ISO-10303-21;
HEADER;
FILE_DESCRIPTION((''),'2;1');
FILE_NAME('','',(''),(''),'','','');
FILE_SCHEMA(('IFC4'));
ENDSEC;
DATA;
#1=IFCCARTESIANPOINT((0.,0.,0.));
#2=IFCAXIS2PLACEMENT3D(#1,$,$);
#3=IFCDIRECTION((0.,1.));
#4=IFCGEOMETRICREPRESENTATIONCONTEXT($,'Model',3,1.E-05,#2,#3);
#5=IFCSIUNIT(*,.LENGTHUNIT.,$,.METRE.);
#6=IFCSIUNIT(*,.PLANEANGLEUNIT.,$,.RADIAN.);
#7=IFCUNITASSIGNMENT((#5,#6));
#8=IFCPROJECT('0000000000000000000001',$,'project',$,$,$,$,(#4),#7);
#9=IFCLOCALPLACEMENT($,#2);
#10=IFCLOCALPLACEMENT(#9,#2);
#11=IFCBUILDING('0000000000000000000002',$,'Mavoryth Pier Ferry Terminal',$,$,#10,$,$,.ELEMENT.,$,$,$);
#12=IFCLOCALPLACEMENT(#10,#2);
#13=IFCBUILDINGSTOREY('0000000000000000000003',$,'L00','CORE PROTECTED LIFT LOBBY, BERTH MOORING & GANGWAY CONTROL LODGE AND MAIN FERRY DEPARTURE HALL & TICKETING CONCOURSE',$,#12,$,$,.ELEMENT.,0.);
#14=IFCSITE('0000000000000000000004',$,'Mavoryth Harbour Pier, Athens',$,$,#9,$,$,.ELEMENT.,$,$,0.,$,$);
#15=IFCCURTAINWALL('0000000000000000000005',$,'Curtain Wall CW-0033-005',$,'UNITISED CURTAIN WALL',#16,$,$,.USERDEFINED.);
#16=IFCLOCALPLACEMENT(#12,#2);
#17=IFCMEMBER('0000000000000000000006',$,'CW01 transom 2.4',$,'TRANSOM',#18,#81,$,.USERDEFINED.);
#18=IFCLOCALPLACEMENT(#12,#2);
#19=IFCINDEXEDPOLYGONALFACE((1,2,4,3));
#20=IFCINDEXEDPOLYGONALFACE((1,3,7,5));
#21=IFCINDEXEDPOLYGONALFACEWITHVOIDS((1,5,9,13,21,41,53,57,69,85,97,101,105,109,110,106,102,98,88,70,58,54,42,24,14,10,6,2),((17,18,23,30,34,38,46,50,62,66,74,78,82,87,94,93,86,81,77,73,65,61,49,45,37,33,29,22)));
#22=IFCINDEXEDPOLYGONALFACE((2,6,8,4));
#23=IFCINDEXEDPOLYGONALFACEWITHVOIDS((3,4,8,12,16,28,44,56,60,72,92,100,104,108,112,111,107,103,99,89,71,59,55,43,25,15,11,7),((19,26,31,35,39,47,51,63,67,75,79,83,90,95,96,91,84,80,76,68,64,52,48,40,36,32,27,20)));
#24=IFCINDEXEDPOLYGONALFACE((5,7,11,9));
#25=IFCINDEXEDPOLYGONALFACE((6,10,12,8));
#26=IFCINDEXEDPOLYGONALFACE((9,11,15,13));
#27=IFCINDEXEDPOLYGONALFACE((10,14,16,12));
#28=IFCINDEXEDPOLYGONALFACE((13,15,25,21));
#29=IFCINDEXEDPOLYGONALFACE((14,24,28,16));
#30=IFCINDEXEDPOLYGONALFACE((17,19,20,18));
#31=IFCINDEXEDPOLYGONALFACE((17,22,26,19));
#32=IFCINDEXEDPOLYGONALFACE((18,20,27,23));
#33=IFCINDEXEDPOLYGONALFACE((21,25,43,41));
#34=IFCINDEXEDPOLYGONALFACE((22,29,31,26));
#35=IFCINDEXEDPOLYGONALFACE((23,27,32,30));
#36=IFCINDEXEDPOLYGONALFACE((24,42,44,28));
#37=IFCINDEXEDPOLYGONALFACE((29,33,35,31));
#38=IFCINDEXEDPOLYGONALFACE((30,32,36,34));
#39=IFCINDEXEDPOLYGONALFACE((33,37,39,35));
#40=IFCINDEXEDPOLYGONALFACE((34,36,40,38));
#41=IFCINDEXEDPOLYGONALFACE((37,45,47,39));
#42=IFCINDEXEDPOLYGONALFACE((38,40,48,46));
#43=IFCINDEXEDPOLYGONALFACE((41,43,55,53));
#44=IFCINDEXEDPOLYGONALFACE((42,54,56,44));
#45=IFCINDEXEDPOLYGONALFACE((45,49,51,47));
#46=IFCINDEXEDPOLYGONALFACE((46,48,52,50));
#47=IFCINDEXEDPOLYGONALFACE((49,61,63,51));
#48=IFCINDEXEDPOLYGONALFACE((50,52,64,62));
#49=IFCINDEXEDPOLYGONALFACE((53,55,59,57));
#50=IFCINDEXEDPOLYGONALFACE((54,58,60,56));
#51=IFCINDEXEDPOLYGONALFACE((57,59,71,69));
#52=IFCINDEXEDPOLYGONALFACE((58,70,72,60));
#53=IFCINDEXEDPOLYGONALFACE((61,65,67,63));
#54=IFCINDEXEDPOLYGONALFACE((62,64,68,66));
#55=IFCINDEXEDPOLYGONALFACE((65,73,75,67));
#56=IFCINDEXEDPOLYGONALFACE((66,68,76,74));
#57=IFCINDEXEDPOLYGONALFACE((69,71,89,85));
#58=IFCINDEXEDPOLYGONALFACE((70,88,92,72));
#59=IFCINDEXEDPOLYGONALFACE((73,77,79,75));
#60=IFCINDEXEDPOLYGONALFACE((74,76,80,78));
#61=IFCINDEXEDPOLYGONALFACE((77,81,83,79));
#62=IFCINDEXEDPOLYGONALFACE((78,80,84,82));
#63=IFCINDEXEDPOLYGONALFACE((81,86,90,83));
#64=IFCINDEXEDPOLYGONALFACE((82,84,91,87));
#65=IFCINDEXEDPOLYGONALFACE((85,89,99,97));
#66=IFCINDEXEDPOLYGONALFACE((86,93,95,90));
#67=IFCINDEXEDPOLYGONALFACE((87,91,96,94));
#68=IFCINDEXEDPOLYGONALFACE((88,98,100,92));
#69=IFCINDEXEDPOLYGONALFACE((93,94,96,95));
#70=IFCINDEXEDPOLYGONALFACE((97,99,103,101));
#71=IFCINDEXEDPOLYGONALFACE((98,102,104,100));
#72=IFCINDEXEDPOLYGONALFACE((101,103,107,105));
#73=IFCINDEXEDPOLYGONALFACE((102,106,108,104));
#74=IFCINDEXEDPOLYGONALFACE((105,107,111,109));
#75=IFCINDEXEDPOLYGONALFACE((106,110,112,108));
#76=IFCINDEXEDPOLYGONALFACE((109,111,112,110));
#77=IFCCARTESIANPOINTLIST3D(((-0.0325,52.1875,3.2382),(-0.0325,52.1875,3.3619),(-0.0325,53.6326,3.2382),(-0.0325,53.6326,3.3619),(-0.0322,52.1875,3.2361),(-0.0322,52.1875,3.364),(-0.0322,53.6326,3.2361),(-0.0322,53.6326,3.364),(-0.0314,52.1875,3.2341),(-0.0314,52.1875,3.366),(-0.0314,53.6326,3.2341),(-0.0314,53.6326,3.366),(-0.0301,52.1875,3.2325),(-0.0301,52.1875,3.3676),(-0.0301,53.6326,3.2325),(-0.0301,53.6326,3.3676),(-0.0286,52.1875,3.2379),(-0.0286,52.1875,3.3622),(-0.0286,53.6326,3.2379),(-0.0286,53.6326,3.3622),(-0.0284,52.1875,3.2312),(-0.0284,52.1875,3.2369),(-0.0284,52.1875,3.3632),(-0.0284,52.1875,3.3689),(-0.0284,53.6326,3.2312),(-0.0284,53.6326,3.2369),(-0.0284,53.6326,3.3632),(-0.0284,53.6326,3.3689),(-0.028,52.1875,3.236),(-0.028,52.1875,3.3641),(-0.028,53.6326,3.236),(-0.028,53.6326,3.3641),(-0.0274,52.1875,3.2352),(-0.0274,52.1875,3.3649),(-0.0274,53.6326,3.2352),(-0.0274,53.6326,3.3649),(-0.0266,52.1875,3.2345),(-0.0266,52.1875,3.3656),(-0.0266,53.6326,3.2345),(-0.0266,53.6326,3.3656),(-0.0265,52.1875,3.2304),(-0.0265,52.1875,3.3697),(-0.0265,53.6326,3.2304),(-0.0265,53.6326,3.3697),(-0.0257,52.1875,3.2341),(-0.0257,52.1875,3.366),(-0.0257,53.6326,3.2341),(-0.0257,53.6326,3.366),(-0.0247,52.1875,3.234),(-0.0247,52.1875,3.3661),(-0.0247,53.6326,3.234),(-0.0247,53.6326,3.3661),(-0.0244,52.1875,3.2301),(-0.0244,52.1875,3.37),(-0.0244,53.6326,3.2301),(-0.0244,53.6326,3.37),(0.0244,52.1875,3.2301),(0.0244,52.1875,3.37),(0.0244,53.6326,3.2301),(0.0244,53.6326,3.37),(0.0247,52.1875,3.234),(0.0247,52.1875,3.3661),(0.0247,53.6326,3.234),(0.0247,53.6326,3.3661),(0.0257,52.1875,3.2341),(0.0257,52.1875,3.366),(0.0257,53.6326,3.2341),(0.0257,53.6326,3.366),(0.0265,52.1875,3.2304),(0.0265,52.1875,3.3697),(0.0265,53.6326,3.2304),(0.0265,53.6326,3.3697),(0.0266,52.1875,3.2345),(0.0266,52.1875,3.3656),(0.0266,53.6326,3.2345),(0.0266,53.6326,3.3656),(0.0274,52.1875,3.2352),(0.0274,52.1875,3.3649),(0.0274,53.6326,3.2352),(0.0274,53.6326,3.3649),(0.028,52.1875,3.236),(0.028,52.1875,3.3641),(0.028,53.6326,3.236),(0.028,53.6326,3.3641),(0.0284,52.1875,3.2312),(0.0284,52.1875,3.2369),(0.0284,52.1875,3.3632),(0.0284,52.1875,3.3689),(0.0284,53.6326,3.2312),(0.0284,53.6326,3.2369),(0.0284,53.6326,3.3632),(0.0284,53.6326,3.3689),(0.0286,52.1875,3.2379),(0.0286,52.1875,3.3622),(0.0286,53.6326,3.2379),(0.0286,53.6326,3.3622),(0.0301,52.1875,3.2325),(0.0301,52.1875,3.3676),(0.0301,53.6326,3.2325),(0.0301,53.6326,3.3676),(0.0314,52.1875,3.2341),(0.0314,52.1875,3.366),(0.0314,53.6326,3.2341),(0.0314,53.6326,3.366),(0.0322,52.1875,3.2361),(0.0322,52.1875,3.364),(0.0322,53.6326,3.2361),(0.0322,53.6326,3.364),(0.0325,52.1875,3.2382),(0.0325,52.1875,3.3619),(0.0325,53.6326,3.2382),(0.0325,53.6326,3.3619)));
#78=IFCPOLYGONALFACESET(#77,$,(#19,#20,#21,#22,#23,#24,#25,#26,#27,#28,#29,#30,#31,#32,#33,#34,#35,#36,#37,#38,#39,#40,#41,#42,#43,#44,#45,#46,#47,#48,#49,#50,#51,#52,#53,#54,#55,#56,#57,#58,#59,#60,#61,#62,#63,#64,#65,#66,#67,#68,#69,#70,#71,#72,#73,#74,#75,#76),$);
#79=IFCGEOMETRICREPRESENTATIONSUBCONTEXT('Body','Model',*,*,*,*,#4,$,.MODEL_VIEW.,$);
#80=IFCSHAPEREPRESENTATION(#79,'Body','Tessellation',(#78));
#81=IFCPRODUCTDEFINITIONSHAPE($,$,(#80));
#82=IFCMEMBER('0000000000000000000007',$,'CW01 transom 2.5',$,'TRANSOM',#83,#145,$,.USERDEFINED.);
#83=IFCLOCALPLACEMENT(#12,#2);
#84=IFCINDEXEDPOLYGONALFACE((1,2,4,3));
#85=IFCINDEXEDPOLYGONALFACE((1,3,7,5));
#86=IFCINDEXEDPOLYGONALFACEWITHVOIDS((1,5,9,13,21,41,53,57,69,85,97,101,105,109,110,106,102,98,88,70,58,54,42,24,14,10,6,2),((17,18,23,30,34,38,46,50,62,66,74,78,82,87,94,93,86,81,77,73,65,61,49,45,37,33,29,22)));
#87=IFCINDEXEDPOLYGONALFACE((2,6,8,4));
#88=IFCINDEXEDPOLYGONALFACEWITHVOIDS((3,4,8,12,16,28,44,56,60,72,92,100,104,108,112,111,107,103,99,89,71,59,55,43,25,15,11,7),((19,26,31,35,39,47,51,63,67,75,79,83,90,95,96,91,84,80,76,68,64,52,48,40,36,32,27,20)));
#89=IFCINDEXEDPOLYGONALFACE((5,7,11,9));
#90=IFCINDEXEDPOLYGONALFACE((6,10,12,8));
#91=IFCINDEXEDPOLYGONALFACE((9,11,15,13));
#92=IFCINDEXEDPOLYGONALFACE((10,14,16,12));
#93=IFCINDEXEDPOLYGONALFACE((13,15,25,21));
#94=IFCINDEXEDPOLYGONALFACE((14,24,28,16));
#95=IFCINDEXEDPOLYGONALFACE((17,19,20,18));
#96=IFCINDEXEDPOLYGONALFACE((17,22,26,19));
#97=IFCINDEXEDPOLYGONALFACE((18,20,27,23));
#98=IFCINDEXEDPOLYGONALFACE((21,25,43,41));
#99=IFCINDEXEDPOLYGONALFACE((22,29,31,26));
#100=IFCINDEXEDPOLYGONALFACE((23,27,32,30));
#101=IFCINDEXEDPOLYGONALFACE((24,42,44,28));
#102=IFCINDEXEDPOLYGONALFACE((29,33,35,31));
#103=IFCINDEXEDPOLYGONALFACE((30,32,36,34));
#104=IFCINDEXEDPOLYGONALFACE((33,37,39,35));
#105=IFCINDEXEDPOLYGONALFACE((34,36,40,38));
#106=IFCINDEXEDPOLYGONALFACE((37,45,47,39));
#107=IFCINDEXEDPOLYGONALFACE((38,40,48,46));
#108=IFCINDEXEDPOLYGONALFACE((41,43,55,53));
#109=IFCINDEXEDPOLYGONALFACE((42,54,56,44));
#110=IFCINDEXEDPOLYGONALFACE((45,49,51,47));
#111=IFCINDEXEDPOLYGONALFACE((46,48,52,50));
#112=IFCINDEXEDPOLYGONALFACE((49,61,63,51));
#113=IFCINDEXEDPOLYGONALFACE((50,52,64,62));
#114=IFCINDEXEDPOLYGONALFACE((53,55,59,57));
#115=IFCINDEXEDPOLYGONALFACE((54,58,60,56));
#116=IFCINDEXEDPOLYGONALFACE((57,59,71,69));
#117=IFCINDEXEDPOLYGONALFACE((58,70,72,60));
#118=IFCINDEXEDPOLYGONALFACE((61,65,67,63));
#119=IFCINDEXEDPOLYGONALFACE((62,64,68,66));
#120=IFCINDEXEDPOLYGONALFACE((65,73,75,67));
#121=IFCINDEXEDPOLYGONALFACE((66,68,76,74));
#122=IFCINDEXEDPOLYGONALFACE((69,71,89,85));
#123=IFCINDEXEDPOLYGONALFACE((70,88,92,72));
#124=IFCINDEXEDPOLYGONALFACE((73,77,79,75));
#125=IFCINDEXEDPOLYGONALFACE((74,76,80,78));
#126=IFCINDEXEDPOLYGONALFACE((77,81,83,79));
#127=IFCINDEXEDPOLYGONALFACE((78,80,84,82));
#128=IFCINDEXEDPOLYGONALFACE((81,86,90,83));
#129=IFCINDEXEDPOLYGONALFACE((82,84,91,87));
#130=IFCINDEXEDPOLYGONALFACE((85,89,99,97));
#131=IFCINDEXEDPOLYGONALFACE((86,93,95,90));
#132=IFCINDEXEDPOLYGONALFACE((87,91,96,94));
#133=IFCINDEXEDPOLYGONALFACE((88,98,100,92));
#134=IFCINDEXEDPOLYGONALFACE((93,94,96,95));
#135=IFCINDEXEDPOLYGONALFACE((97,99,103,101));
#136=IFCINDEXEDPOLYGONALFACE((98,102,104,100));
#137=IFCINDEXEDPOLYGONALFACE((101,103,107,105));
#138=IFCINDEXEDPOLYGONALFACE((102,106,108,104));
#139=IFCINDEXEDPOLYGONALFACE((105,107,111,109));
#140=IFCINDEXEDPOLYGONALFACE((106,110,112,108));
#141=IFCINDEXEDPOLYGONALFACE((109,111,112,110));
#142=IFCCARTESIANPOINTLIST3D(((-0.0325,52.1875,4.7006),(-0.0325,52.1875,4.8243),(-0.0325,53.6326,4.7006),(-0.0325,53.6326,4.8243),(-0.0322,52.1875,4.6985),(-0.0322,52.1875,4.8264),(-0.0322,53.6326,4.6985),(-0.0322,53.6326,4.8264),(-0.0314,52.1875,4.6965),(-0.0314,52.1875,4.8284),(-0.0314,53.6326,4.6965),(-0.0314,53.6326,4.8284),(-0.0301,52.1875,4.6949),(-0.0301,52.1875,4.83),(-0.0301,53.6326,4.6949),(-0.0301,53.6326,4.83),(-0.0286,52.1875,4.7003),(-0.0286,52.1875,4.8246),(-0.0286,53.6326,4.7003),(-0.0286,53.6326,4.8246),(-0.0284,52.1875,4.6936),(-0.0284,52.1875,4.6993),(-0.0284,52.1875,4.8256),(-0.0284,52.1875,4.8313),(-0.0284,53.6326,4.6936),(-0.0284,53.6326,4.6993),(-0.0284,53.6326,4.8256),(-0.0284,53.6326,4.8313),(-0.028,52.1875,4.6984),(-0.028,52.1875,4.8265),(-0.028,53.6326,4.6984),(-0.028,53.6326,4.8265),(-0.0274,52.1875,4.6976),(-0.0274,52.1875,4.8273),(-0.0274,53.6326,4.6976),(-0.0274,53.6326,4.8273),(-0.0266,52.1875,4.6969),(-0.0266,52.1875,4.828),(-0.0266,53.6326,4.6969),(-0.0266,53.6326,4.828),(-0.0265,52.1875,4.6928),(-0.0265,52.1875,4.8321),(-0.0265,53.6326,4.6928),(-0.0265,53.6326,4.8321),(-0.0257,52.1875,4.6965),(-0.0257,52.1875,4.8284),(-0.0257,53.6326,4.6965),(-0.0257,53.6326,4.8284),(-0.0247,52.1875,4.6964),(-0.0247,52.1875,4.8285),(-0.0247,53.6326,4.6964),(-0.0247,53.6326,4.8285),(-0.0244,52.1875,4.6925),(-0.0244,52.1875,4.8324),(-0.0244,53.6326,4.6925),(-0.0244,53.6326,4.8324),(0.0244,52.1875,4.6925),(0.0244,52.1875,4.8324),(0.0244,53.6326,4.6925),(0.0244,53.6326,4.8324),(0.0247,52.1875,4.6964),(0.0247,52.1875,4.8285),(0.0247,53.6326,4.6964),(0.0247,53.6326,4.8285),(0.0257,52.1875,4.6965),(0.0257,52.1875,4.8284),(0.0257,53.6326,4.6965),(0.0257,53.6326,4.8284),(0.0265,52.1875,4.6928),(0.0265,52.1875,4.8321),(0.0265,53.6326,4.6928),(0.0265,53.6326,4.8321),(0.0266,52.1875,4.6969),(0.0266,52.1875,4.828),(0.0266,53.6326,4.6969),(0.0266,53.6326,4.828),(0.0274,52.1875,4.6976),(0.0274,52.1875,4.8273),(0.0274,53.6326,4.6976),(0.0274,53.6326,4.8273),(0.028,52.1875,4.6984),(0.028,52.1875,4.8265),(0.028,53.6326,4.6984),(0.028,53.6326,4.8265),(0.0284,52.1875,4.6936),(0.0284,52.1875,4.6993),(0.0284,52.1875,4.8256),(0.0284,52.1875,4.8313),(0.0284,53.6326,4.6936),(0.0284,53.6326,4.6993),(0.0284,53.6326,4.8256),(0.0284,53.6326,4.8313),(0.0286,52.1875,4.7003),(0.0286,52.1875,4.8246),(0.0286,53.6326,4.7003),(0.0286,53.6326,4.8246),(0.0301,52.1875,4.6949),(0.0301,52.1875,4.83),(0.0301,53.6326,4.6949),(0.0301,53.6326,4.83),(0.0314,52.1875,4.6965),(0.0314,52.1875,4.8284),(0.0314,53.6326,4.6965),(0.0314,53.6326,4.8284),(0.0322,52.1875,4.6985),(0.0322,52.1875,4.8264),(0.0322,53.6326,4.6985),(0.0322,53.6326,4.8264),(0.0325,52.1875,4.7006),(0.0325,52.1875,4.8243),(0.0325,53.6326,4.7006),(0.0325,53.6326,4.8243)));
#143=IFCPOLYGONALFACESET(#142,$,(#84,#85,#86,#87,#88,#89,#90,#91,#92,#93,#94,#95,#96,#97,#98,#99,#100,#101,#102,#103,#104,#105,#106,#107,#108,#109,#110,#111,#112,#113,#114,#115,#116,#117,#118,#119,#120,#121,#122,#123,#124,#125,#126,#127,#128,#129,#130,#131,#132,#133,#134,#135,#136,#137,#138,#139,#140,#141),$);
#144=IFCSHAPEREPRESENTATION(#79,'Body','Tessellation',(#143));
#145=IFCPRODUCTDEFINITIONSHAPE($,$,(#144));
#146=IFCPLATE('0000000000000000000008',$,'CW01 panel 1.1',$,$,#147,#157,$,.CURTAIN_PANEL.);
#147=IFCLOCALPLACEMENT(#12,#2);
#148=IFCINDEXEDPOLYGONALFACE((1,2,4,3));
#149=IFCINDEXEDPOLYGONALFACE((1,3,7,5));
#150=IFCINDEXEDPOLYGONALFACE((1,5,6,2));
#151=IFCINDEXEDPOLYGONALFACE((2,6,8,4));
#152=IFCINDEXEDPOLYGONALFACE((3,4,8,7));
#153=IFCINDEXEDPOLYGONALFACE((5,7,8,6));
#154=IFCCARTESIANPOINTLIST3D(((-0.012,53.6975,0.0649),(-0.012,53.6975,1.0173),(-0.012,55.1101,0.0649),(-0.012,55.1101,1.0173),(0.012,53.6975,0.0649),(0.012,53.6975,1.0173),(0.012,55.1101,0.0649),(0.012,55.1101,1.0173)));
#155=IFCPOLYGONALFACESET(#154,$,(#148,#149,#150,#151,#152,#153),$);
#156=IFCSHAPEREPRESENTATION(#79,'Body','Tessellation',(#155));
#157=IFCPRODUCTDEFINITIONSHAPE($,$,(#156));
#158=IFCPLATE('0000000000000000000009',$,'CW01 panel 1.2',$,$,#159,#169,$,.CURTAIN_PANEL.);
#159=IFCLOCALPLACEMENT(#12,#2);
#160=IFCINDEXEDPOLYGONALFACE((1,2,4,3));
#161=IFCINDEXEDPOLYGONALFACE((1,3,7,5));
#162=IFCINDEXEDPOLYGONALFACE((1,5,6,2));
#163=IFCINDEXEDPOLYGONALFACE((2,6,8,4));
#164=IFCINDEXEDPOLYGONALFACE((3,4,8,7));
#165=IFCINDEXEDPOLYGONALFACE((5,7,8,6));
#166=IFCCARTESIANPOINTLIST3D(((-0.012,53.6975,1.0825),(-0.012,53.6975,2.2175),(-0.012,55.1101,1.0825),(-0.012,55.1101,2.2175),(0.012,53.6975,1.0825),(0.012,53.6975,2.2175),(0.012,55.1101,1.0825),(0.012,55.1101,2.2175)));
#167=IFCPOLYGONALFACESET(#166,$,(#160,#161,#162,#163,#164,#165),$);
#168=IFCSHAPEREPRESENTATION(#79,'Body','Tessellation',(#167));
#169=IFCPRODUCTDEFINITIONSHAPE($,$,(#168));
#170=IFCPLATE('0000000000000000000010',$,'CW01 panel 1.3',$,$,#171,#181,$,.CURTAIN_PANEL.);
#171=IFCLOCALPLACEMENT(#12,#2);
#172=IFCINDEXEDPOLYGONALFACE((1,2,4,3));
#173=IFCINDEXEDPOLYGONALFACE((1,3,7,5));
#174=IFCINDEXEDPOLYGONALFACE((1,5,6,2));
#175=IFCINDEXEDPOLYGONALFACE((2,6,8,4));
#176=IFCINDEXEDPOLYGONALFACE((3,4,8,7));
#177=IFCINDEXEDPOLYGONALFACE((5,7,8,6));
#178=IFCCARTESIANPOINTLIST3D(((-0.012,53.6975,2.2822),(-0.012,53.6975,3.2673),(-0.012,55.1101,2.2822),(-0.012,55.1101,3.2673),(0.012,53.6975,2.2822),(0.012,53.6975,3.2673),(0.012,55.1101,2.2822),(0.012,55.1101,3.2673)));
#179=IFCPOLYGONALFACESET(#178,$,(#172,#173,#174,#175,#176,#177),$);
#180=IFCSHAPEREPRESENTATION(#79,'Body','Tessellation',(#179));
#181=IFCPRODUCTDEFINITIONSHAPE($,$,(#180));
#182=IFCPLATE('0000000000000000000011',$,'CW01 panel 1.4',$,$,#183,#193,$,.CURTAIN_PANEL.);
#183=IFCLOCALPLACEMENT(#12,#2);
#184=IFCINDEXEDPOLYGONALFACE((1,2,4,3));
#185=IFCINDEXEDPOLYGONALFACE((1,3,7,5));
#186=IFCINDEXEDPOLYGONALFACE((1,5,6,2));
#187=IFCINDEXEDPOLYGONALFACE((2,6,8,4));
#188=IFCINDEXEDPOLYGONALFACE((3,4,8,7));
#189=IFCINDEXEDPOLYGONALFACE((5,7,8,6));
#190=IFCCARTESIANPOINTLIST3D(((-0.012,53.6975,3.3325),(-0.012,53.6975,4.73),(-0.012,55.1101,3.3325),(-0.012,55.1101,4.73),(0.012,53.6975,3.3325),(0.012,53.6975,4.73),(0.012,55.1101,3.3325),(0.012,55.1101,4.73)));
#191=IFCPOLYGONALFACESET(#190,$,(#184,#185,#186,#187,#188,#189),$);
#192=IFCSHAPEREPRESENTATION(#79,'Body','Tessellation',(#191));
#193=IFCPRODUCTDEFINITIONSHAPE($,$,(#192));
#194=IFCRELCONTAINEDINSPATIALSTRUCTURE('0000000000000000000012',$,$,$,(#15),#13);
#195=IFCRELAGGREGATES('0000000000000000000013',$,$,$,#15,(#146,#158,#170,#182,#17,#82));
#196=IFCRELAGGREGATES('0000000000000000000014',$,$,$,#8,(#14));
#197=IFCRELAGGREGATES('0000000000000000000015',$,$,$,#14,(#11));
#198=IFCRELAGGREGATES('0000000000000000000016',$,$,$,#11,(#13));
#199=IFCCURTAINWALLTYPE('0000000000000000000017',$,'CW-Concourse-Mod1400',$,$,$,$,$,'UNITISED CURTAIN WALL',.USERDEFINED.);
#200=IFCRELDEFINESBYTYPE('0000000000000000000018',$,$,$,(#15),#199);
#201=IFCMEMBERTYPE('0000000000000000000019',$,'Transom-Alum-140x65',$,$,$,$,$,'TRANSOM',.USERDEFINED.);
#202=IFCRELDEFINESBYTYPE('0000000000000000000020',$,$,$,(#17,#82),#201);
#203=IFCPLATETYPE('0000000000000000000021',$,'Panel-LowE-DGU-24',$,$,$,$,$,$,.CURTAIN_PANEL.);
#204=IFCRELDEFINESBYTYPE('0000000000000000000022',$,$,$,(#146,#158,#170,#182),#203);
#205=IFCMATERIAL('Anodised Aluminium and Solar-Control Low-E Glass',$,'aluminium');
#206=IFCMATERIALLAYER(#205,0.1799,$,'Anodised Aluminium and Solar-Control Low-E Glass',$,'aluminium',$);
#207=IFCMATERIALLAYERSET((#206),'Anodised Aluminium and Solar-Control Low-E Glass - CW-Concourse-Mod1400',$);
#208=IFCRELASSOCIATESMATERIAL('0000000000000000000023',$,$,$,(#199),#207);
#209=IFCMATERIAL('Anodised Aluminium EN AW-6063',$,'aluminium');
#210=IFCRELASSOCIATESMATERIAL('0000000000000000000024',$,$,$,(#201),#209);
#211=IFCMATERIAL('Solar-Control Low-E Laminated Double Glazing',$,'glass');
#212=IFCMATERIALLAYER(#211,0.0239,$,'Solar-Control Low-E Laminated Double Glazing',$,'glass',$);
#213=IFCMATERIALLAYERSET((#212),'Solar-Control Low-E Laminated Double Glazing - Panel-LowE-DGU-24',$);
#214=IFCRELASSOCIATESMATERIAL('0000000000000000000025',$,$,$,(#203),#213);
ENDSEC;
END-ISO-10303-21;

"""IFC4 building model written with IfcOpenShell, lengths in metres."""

from ifc_helpers import new_model, si_unit, direction, frame, origin, origin_2d, place, context, subcontext, project, spatial, rectangle, hollow_rectangle, extrude, material, layer, layer_set, material_profile, profile_set, type_object, element, aggregate, save


model = new_model("IFC4")

# Units and contexts
model_context = context("Model", 3, precision=1e-05, world=origin(), true_north=direction((0.0, 1.0)))
body_context = subcontext(model_context, "Body", "Model", "MODEL_VIEW")
ifc_project = project(units=[si_unit("LENGTHUNIT", "METRE"), si_unit("PLANEANGLEUNIT", "RADIAN")], contexts=[model_context])

# Site, building, storey
site_placement = place(None, origin())
site = spatial("IfcSite", under=ifc_project, at=site_placement, Name="Mavoryth Harbour Pier, Athens", CompositionType="ELEMENT", RefElevation=0.0)
building_placement = place(site_placement, origin())
building = spatial("IfcBuilding", under=site, at=building_placement, Name="Mavoryth Pier Ferry Terminal", CompositionType="ELEMENT")
storey_placement = place(building_placement, origin())
storey = spatial("IfcBuildingStorey", under=building, at=storey_placement, Name="L00", Description="CORE PROTECTED LIFT LOBBY, BERTH MOORING & GANGWAY CONTROL LODGE AND MAIN FERRY DEPARTURE HALL & TICKETING CONCOURSE", CompositionType="ELEMENT", Elevation=0.0)

# Curtain wall, members, plates
ifc_material_1 = material(Name="Anodised Aluminium and Solar-Control Low-E Glass", Category="aluminium")
ifc_layer_1 = layer(ifc_material_1, 0.1799, Name="Anodised Aluminium and Solar-Control Low-E Glass", Category="aluminium")
ifc_layer_set_1 = layer_set([ifc_layer_1], Name="Anodised Aluminium and Solar-Control Low-E Glass - CW-Concourse-Mod1400")
curtain_wall_type = type_object("IfcCurtainWallType", Name="CW-Concourse-Mod1400", ElementType="UNITISED CURTAIN WALL", PredefinedType="USERDEFINED", material=ifc_layer_set_1)
curtain_wall_placement = place(storey_placement, origin())
curtain_wall = element("IfcCurtainWall", 1, at=curtain_wall_placement, inside=storey, type_object=curtain_wall_type, Name="Curtain Wall CW-0033-005", ObjectType="UNITISED CURTAIN WALL", PredefinedType="USERDEFINED")
ifc_material_2 = material(Name="Anodised Aluminium EN AW-6063", Category="aluminium")
ifc_material_profile_1 = material_profile(ifc_material_2, hollow_rectangle(XDim=0.0649, YDim=0.1399, WallThickness=0.0039, InnerFilletRadius=0.0039, OuterFilletRadius=0.0081, at=origin_2d()), Name="AL-TRAN 140x65x4", Category="aluminium")
ifc_profile_set_1 = profile_set([ifc_material_profile_1], Name="Anodised Aluminium EN AW-6063 - AL-TRAN 140x65x4")
member_type_1 = type_object("IfcMemberType", Name="Transom-Alum-140x65", ElementType="TRANSOM", PredefinedType="USERDEFINED", material=ifc_profile_set_1)
member_1_placement = place(storey_placement, frame((0.0, 53.6326, 3.3), z_axis=(0.0, -1.0, 0.0), x_axis=(1.0, 0.0, 0.0)))
member_1 = element("IfcMember", 2, at=member_1_placement, type_object=member_type_1, Name="CW01 transom 2.4", ObjectType="TRANSOM", PredefinedType="USERDEFINED", context=body_context, shape_type="SweptSolid", body=[
    extrude(hollow_rectangle(XDim=0.0649, YDim=0.1399, WallThickness=0.0039, InnerFilletRadius=0.0039, OuterFilletRadius=0.0081, at=origin_2d()), origin(), (0.0, 0.0, 1.0), 1.4451),
])
member_2_placement = place(storey_placement, frame((0.0, 53.6326, 4.7625), z_axis=(0.0, -1.0, 0.0), x_axis=(1.0, 0.0, 0.0)))
member_2 = element("IfcMember", 3, at=member_2_placement, type_object=member_type_1, Name="CW01 transom 2.5", ObjectType="TRANSOM", PredefinedType="USERDEFINED", context=body_context, shape_type="SweptSolid", body=[
    extrude(hollow_rectangle(XDim=0.0649, YDim=0.1399, WallThickness=0.0039, InnerFilletRadius=0.0039, OuterFilletRadius=0.0081, at=origin_2d()), origin(), (0.0, 0.0, 1.0), 1.4451),
])
ifc_material_3 = material(Name="Solar-Control Low-E Laminated Double Glazing", Category="glass")
ifc_layer_2 = layer(ifc_material_3, 0.0239, Name="Solar-Control Low-E Laminated Double Glazing", Category="glass")
ifc_layer_set_2 = layer_set([ifc_layer_2], Name="Solar-Control Low-E Laminated Double Glazing - Panel-LowE-DGU-24")
plate_type = type_object("IfcPlateType", Name="Panel-LowE-DGU-24", PredefinedType="CURTAIN_PANEL", material=ifc_layer_set_2)
plate_1_placement = place(storey_placement, frame((0.0, 54.4038, 0.0649), z_axis=(0.0, 0.0, 1.0), x_axis=(0.0, -1.0, 0.0)))
plate_1 = element("IfcPlate", 4, at=plate_1_placement, type_object=plate_type, Name="CW01 panel 1.1", PredefinedType="CURTAIN_PANEL", context=body_context, shape_type="SweptSolid", body=[
    extrude(rectangle(XDim=1.4126, YDim=0.0239, at=origin_2d()), origin(), (0.0, 0.0, 1.0), 0.9524),
])
plate_2_placement = place(storey_placement, frame((0.0, 54.4038, 1.0825), z_axis=(0.0, 0.0, 1.0), x_axis=(0.0, -1.0, 0.0)))
plate_2 = element("IfcPlate", 5, at=plate_2_placement, type_object=plate_type, Name="CW01 panel 1.2", PredefinedType="CURTAIN_PANEL", context=body_context, shape_type="SweptSolid", body=[
    extrude(rectangle(XDim=1.4126, YDim=0.0239, at=origin_2d()), origin(), (0.0, 0.0, 1.0), 1.135),
])
plate_3_placement = place(storey_placement, frame((0.0, 54.4038, 2.2822), z_axis=(0.0, 0.0, 1.0), x_axis=(0.0, -1.0, 0.0)))
plate_3 = element("IfcPlate", 6, at=plate_3_placement, type_object=plate_type, Name="CW01 panel 1.3", PredefinedType="CURTAIN_PANEL", context=body_context, shape_type="SweptSolid", body=[
    extrude(rectangle(XDim=1.4126, YDim=0.0239, at=origin_2d()), origin(), (0.0, 0.0, 1.0), 0.9851),
])
plate_4_placement = place(storey_placement, frame((0.0, 54.4038, 3.3325), z_axis=(0.0, 0.0, 1.0), x_axis=(0.0, -1.0, 0.0)))
plate_4 = element("IfcPlate", 7, at=plate_4_placement, type_object=plate_type, Name="CW01 panel 1.4", PredefinedType="CURTAIN_PANEL", context=body_context, shape_type="SweptSolid", body=[
    extrude(rectangle(XDim=1.4126, YDim=0.0239, at=origin_2d()), origin(), (0.0, 0.0, 1.0), 1.3975),
])
aggregate(curtain_wall, [plate_1, plate_2, plate_3, plate_4, member_1, member_2])

save(model, "model.ifc")
